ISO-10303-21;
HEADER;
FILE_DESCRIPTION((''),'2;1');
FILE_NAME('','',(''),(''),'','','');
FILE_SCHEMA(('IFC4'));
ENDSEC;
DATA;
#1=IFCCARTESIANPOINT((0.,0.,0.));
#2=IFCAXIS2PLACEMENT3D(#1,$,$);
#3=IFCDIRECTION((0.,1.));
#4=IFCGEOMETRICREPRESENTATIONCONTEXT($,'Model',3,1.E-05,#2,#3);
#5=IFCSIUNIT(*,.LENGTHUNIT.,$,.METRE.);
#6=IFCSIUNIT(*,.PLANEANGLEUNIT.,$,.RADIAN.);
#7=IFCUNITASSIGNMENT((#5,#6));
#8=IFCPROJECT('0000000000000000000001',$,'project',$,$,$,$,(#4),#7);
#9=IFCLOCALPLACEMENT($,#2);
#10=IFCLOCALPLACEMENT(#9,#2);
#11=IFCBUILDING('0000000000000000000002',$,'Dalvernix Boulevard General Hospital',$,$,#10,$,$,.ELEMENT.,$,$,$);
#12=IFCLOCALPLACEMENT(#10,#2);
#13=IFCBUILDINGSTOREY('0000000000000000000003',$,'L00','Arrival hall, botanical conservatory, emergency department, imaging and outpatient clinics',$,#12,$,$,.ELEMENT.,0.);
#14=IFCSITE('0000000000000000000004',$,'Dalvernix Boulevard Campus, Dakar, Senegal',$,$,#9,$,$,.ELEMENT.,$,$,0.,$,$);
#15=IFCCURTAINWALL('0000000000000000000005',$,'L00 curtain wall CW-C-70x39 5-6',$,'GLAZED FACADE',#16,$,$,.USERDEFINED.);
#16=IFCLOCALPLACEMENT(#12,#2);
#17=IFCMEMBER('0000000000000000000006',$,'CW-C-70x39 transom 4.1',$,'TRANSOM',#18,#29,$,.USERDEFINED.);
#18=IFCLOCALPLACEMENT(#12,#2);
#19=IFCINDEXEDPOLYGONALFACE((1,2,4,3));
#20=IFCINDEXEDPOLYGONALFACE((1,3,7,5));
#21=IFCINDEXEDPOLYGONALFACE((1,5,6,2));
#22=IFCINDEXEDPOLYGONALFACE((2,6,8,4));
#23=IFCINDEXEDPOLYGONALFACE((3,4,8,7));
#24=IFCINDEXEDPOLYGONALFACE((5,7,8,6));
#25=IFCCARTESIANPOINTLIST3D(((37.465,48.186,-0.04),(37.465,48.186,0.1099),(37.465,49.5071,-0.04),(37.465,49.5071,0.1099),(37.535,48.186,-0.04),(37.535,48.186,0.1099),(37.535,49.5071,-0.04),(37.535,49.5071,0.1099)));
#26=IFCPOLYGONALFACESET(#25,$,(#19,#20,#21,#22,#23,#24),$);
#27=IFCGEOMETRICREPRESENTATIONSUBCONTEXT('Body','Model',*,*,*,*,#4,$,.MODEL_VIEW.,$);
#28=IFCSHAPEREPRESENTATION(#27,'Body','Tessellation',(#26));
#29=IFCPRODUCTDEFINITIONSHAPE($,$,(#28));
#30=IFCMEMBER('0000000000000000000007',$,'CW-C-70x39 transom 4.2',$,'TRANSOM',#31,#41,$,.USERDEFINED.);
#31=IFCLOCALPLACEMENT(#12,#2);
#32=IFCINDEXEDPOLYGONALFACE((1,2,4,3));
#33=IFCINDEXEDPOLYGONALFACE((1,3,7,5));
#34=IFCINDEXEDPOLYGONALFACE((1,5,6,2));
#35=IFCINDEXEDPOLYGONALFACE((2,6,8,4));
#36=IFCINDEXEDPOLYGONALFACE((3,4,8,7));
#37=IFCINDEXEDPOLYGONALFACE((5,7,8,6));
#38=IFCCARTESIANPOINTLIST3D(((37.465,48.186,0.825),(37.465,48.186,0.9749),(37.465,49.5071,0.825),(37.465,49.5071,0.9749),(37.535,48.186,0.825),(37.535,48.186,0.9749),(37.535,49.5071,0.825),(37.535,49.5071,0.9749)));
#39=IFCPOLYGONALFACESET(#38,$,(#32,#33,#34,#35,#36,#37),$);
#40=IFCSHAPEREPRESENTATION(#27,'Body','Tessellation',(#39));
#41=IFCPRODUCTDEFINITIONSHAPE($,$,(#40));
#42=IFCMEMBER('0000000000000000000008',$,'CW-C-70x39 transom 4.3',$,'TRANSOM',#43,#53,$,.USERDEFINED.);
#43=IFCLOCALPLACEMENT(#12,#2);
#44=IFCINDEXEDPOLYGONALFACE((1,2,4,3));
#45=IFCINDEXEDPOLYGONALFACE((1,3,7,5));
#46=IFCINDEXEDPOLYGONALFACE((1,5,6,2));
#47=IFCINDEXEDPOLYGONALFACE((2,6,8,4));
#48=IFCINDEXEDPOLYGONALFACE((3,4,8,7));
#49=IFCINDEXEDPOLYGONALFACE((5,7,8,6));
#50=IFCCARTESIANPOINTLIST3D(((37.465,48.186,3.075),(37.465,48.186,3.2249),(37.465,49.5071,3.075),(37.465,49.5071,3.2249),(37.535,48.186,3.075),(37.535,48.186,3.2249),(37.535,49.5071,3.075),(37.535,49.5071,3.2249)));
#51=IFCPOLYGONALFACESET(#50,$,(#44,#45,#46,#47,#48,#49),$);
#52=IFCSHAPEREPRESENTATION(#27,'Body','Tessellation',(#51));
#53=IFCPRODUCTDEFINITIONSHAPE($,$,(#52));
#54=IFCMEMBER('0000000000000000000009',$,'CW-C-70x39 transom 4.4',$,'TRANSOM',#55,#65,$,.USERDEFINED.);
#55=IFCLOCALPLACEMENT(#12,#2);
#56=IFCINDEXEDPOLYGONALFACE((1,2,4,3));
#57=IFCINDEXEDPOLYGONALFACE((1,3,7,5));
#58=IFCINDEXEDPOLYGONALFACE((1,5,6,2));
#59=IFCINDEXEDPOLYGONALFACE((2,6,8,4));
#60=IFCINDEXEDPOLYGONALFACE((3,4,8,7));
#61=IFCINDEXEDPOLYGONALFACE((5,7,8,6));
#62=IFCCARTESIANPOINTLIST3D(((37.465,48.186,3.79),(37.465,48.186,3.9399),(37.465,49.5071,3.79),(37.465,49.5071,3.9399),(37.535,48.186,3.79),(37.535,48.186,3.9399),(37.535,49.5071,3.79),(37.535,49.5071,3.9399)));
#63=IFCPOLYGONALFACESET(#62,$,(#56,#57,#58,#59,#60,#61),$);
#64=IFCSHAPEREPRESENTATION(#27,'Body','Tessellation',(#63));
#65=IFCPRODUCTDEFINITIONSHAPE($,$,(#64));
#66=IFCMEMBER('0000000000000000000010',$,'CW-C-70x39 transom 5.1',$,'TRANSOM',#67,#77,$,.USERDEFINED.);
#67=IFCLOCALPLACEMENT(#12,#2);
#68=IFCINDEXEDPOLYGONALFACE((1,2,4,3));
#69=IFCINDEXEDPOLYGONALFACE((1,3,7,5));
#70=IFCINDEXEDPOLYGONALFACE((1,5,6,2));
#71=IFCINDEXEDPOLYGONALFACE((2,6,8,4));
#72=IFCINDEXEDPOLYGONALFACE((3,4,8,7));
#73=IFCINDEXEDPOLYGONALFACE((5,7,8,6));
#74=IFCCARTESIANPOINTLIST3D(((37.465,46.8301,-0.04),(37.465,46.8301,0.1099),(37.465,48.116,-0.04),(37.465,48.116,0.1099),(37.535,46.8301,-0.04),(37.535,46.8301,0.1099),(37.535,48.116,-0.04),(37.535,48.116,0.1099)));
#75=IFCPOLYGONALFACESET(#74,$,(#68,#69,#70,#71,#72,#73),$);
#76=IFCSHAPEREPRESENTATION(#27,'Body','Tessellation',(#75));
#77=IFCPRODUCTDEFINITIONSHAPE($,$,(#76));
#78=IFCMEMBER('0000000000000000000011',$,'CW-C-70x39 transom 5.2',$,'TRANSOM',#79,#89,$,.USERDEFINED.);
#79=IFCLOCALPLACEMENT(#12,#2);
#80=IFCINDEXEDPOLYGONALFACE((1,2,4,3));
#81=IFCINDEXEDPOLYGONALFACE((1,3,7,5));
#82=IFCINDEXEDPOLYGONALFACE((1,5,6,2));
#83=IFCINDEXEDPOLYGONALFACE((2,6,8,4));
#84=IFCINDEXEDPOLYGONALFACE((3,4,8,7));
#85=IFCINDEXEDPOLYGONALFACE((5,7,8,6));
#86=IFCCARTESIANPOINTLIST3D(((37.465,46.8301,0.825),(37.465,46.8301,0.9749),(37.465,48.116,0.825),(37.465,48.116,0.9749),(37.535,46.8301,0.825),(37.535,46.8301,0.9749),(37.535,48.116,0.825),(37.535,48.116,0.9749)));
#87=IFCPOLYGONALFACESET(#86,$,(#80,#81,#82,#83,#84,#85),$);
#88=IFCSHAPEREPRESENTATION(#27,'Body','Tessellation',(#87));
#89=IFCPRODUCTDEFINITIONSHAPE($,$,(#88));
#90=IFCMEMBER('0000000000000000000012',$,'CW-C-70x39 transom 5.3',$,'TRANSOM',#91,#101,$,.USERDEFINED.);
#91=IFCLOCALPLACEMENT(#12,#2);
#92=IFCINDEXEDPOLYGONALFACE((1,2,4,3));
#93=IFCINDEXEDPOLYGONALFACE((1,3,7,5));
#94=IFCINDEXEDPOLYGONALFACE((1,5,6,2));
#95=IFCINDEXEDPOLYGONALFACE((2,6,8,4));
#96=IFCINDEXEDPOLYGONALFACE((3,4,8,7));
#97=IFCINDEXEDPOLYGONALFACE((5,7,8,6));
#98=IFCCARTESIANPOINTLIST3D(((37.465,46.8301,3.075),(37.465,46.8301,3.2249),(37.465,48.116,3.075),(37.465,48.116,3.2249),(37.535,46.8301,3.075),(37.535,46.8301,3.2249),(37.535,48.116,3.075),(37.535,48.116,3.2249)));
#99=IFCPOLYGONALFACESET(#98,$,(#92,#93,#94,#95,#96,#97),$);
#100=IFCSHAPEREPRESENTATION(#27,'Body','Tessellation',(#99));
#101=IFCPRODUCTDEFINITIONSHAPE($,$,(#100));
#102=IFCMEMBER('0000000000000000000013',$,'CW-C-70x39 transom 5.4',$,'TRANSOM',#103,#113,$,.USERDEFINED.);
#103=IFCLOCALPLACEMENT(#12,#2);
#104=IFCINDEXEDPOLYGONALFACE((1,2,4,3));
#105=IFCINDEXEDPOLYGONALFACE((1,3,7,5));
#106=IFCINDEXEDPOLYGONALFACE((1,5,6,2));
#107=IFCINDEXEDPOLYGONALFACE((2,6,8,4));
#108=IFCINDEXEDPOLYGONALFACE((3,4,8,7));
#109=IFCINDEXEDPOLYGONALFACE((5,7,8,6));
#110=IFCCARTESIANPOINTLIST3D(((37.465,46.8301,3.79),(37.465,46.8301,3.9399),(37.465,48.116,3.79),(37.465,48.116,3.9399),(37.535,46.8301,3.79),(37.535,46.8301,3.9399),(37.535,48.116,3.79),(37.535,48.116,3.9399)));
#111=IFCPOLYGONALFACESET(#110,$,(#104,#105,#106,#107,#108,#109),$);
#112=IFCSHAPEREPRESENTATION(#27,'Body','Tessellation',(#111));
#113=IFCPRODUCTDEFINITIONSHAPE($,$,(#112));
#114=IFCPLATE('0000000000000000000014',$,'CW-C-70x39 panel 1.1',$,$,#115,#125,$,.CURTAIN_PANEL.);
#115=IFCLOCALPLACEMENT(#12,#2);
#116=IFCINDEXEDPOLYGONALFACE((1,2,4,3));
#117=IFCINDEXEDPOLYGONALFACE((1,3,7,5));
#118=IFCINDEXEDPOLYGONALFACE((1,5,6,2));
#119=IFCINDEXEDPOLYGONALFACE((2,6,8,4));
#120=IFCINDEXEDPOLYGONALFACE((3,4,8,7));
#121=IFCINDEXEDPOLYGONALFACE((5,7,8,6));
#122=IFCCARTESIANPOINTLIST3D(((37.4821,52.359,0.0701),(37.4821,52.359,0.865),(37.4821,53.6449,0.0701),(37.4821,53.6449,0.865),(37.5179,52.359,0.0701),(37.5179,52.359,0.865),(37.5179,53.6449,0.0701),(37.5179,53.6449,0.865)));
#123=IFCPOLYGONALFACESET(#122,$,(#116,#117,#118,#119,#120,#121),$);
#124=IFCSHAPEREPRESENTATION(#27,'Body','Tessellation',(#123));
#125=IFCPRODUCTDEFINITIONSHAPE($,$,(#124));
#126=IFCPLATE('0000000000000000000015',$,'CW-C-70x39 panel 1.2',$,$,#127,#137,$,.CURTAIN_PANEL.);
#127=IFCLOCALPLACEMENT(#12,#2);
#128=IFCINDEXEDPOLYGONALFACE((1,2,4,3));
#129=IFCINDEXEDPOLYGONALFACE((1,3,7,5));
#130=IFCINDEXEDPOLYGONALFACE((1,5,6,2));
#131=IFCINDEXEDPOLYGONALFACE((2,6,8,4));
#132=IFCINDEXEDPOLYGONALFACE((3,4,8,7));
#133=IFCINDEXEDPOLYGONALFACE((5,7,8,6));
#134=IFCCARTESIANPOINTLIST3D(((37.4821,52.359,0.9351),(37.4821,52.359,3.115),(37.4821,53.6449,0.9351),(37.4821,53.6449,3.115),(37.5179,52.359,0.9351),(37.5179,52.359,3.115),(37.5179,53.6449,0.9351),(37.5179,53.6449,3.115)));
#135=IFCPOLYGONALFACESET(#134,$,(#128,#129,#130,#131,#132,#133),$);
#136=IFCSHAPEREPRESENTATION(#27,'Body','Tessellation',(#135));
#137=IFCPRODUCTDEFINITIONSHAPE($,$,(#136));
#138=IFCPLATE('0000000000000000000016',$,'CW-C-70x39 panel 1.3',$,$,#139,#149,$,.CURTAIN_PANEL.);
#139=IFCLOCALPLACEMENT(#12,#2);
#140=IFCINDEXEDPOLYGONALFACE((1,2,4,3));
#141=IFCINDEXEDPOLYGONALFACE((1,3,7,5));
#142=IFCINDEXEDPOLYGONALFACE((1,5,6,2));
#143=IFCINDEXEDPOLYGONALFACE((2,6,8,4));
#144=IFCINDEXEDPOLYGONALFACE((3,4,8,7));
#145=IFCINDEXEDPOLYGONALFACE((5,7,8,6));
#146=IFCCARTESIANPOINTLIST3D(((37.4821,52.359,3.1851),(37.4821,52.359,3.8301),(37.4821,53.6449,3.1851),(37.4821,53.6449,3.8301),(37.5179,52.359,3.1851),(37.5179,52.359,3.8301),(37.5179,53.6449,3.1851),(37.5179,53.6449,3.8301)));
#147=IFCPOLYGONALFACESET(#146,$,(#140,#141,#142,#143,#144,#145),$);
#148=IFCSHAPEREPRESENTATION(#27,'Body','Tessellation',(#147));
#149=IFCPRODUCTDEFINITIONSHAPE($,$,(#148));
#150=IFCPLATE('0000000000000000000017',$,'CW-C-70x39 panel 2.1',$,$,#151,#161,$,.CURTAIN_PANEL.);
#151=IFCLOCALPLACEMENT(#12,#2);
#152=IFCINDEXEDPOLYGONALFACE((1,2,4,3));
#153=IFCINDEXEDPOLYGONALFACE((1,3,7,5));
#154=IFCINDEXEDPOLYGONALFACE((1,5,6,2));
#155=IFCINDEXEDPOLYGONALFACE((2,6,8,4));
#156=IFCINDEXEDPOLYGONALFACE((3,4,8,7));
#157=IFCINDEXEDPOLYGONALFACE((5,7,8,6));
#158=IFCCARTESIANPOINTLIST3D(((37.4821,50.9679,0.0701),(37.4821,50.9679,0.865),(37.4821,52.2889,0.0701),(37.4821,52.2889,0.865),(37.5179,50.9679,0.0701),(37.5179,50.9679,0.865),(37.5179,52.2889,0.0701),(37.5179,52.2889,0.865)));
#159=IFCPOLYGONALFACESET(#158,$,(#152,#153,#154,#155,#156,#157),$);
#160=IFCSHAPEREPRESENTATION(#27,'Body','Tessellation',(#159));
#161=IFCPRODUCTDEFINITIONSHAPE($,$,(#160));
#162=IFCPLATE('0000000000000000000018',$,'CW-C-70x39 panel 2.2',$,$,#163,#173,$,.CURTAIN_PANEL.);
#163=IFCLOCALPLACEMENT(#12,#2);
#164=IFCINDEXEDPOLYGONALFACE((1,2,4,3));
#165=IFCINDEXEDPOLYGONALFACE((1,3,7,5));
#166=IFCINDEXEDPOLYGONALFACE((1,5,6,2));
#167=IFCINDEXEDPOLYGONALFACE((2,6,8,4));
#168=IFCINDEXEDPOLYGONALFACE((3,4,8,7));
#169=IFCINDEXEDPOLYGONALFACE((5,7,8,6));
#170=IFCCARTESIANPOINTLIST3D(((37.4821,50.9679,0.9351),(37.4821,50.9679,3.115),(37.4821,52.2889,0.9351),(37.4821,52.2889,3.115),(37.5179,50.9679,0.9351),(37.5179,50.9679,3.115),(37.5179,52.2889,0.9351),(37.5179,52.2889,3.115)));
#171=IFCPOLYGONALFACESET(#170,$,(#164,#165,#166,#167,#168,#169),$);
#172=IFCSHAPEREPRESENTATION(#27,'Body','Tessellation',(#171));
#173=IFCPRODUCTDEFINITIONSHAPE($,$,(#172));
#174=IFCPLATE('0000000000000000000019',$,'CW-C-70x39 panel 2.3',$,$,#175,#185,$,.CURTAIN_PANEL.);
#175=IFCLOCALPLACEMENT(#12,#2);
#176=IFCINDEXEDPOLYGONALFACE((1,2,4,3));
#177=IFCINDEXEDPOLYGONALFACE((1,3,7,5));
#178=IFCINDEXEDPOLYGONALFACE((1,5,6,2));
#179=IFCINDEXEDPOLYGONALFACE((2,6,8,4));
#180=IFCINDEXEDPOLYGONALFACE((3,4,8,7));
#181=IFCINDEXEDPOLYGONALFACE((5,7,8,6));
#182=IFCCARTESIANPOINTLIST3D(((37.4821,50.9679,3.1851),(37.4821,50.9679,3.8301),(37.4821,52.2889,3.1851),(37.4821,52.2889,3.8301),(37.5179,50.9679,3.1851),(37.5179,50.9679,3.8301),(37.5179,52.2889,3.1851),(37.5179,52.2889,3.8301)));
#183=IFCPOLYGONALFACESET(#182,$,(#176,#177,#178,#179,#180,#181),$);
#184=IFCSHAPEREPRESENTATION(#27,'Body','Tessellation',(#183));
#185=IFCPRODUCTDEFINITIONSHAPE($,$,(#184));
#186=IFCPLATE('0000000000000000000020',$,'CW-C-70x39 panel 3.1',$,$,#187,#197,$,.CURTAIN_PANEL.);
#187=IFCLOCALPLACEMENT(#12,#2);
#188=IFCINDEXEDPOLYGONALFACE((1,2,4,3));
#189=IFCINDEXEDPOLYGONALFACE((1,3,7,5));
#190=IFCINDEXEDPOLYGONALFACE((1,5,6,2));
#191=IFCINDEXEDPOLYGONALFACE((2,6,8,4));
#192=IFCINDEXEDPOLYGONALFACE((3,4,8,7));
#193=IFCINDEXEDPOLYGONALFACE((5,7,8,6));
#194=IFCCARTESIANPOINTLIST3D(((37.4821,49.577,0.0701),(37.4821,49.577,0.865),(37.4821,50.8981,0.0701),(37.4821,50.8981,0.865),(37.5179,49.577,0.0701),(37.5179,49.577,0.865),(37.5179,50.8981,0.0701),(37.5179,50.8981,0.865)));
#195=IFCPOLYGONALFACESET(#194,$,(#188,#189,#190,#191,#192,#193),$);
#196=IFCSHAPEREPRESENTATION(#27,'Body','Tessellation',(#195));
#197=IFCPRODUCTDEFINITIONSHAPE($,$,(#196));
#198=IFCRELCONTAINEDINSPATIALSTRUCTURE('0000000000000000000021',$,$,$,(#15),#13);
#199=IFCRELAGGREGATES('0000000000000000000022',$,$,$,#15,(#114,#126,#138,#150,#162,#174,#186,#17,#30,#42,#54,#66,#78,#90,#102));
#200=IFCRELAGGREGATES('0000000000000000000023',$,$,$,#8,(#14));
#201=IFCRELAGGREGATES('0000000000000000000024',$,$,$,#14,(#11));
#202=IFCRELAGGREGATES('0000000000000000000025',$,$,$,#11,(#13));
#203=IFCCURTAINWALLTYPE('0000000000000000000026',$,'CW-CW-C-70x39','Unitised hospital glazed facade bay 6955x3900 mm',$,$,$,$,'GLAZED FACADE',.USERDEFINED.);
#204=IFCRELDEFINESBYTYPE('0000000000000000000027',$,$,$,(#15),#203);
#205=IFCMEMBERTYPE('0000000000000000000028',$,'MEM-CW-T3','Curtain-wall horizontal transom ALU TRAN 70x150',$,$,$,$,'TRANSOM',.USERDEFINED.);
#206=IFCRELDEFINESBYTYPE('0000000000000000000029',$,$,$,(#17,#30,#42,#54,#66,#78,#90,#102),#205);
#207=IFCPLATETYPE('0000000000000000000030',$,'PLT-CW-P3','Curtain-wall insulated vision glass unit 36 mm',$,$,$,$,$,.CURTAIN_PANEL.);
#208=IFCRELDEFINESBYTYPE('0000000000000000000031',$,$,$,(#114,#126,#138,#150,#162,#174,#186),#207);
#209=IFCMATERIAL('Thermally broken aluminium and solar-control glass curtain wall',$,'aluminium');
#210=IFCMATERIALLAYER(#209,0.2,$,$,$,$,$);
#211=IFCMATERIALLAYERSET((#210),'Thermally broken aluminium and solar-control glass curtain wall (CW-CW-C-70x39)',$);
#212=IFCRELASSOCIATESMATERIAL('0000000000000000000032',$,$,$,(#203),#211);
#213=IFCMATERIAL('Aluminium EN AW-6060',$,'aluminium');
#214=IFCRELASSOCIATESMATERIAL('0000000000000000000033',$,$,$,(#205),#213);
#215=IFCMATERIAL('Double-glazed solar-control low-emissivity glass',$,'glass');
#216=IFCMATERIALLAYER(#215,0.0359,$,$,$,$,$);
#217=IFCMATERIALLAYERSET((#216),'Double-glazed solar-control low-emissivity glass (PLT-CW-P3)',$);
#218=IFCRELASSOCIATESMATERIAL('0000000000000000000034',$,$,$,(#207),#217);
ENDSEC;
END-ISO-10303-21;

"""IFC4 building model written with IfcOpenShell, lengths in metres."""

from ifc_helpers import new_model, si_unit, direction, frame, origin, origin_2d, place, context, subcontext, project, spatial, rectangle, extrude, material, layer, layer_set, material_profile, profile_set, type_object, element, aggregate, save


model = new_model("IFC4")

# Units and contexts
model_context = context("Model", 3, precision=1e-05, world=origin(), true_north=direction((0.0, 1.0)))
body_context = subcontext(model_context, "Body", "Model", "MODEL_VIEW")
ifc_project = project(units=[si_unit("LENGTHUNIT", "METRE"), si_unit("PLANEANGLEUNIT", "RADIAN")], contexts=[model_context])

# Site, building, storey
site_placement = place(None, origin())
site = spatial("IfcSite", under=ifc_project, at=site_placement, Name="Dalvernix Boulevard Campus, Dakar, Senegal", CompositionType="ELEMENT", RefElevation=0.0)
building_placement = place(site_placement, origin())
building = spatial("IfcBuilding", under=site, at=building_placement, Name="Dalvernix Boulevard General Hospital", CompositionType="ELEMENT")
storey_placement = place(building_placement, origin())
storey = spatial("IfcBuildingStorey", under=building, at=storey_placement, Name="L00", Description="Arrival hall, botanical conservatory, emergency department, imaging and outpatient clinics", CompositionType="ELEMENT", Elevation=0.0)

# Curtain wall, members, plates
ifc_material_1 = material(Name="Thermally broken aluminium and solar-control glass curtain wall", Category="aluminium")
ifc_layer_1 = layer(ifc_material_1, 0.2)
ifc_layer_set_1 = layer_set([ifc_layer_1], Name="Thermally broken aluminium and solar-control glass curtain wall (CW-CW-C-70x39)")
curtain_wall_type = type_object("IfcCurtainWallType", Name="CW-CW-C-70x39", Description="Unitised hospital glazed facade bay 6955x3900 mm", ElementType="GLAZED FACADE", PredefinedType="USERDEFINED", material=ifc_layer_set_1)
curtain_wall_placement = place(storey_placement, origin())
curtain_wall = element("IfcCurtainWall", 1, at=curtain_wall_placement, inside=storey, type_object=curtain_wall_type, Name="L00 curtain wall CW-C-70x39 5-6", ObjectType="GLAZED FACADE", PredefinedType="USERDEFINED")
ifc_material_2 = material(Name="Aluminium EN AW-6060", Category="aluminium")
ifc_material_profile_1 = material_profile(ifc_material_2, rectangle(XDim=0.0701, YDim=0.1499, at=origin_2d()), Name="ALU TRAN 70x150")
ifc_profile_set_1 = profile_set([ifc_material_profile_1], Name="Aluminium EN AW-6060")
member_type_1 = type_object("IfcMemberType", Name="MEM-CW-T3", Description="Curtain-wall horizontal transom ALU TRAN 70x150", ElementType="TRANSOM", PredefinedType="USERDEFINED", material=ifc_profile_set_1)
member_1_placement = place(storey_placement, frame((37.5, 49.5071, 0.0349), z_axis=(0.0, -1.0, 0.0), x_axis=(1.0, 0.0, 0.0)))
member_1 = element("IfcMember", 2, at=member_1_placement, type_object=member_type_1, Name="CW-C-70x39 transom 4.1", ObjectType="TRANSOM", PredefinedType="USERDEFINED", context=body_context, shape_type="SweptSolid", body=[
    extrude(rectangle(XDim=0.0701, YDim=0.1499, at=origin_2d()), origin(), (0.0, 0.0, 1.0), 1.321),
])
member_2_placement = place(storey_placement, frame((37.5, 49.5071, 0.8999), z_axis=(0.0, -1.0, 0.0), x_axis=(1.0, 0.0, 0.0)))
member_2 = element("IfcMember", 3, at=member_2_placement, type_object=member_type_1, Name="CW-C-70x39 transom 4.2", ObjectType="TRANSOM", PredefinedType="USERDEFINED", context=body_context, shape_type="SweptSolid", body=[
    extrude(rectangle(XDim=0.0701, YDim=0.1499, at=origin_2d()), origin(), (0.0, 0.0, 1.0), 1.321),
])
member_3_placement = place(storey_placement, frame((37.5, 49.5071, 3.1499), z_axis=(0.0, -1.0, 0.0), x_axis=(1.0, 0.0, 0.0)))
member_3 = element("IfcMember", 4, at=member_3_placement, type_object=member_type_1, Name="CW-C-70x39 transom 4.3", ObjectType="TRANSOM", PredefinedType="USERDEFINED", context=body_context, shape_type="SweptSolid", body=[
    extrude(rectangle(XDim=0.0701, YDim=0.1499, at=origin_2d()), origin(), (0.0, 0.0, 1.0), 1.321),
])
member_4_placement = place(storey_placement, frame((37.5, 49.5071, 3.865), z_axis=(0.0, -1.0, 0.0), x_axis=(1.0, 0.0, 0.0)))
member_4 = element("IfcMember", 5, at=member_4_placement, type_object=member_type_1, Name="CW-C-70x39 transom 4.4", ObjectType="TRANSOM", PredefinedType="USERDEFINED", context=body_context, shape_type="SweptSolid", body=[
    extrude(rectangle(XDim=0.0701, YDim=0.1499, at=origin_2d()), origin(), (0.0, 0.0, 1.0), 1.321),
])
member_5_placement = place(storey_placement, frame((37.5, 48.116, 0.0349), z_axis=(0.0, -1.0, 0.0), x_axis=(1.0, 0.0, 0.0)))
member_5 = element("IfcMember", 6, at=member_5_placement, type_object=member_type_1, Name="CW-C-70x39 transom 5.1", ObjectType="TRANSOM", PredefinedType="USERDEFINED", context=body_context, shape_type="SweptSolid", body=[
    extrude(rectangle(XDim=0.0701, YDim=0.1499, at=origin_2d()), origin(), (0.0, 0.0, 1.0), 1.2859),
])
member_6_placement = place(storey_placement, frame((37.5, 48.116, 0.8999), z_axis=(0.0, -1.0, 0.0), x_axis=(1.0, 0.0, 0.0)))
member_6 = element("IfcMember", 7, at=member_6_placement, type_object=member_type_1, Name="CW-C-70x39 transom 5.2", ObjectType="TRANSOM", PredefinedType="USERDEFINED", context=body_context, shape_type="SweptSolid", body=[
    extrude(rectangle(XDim=0.0701, YDim=0.1499, at=origin_2d()), origin(), (0.0, 0.0, 1.0), 1.2859),
])
member_7_placement = place(storey_placement, frame((37.5, 48.116, 3.1499), z_axis=(0.0, -1.0, 0.0), x_axis=(1.0, 0.0, 0.0)))
member_7 = element("IfcMember", 8, at=member_7_placement, type_object=member_type_1, Name="CW-C-70x39 transom 5.3", ObjectType="TRANSOM", PredefinedType="USERDEFINED", context=body_context, shape_type="SweptSolid", body=[
    extrude(rectangle(XDim=0.0701, YDim=0.1499, at=origin_2d()), origin(), (0.0, 0.0, 1.0), 1.2859),
])
member_8_placement = place(storey_placement, frame((37.5, 48.116, 3.865), z_axis=(0.0, -1.0, 0.0), x_axis=(1.0, 0.0, 0.0)))
member_8 = element("IfcMember", 9, at=member_8_placement, type_object=member_type_1, Name="CW-C-70x39 transom 5.4", ObjectType="TRANSOM", PredefinedType="USERDEFINED", context=body_context, shape_type="SweptSolid", body=[
    extrude(rectangle(XDim=0.0701, YDim=0.1499, at=origin_2d()), origin(), (0.0, 0.0, 1.0), 1.2859),
])
ifc_material_3 = material(Name="Double-glazed solar-control low-emissivity glass", Category="glass")
ifc_layer_2 = layer(ifc_material_3, 0.0359)
ifc_layer_set_2 = layer_set([ifc_layer_2], Name="Double-glazed solar-control low-emissivity glass (PLT-CW-P3)")
plate_type = type_object("IfcPlateType", Name="PLT-CW-P3", Description="Curtain-wall insulated vision glass unit 36 mm", PredefinedType="CURTAIN_PANEL", material=ifc_layer_set_2)
plate_1_placement = place(storey_placement, frame((37.5, 53.002, 0.0701), z_axis=(0.0, 0.0, 1.0), x_axis=(0.0, -1.0, 0.0)))
plate_1 = element("IfcPlate", 10, at=plate_1_placement, type_object=plate_type, Name="CW-C-70x39 panel 1.1", PredefinedType="CURTAIN_PANEL", context=body_context, shape_type="SweptSolid", body=[
    extrude(rectangle(XDim=1.2859, YDim=0.0359, at=origin_2d()), origin(), (0.0, 0.0, 1.0), 0.7949),
])
plate_2_placement = place(storey_placement, frame((37.5, 53.002, 0.9351), z_axis=(0.0, 0.0, 1.0), x_axis=(0.0, -1.0, 0.0)))
plate_2 = element("IfcPlate", 11, at=plate_2_placement, type_object=plate_type, Name="CW-C-70x39 panel 1.2", PredefinedType="CURTAIN_PANEL", context=body_context, shape_type="SweptSolid", body=[
    extrude(rectangle(XDim=1.2859, YDim=0.0359, at=origin_2d()), origin(), (0.0, 0.0, 1.0), 2.1799),
])
plate_3_placement = place(storey_placement, frame((37.5, 53.002, 3.1851), z_axis=(0.0, 0.0, 1.0), x_axis=(0.0, -1.0, 0.0)))
plate_3 = element("IfcPlate", 12, at=plate_3_placement, type_object=plate_type, Name="CW-C-70x39 panel 1.3", PredefinedType="CURTAIN_PANEL", context=body_context, shape_type="SweptSolid", body=[
    extrude(rectangle(XDim=1.2859, YDim=0.0359, at=origin_2d()), origin(), (0.0, 0.0, 1.0), 0.645),
])
plate_4_placement = place(storey_placement, frame((37.5, 51.6284, 0.0701), z_axis=(0.0, 0.0, 1.0), x_axis=(0.0, -1.0, 0.0)))
plate_4 = element("IfcPlate", 13, at=plate_4_placement, type_object=plate_type, Name="CW-C-70x39 panel 2.1", PredefinedType="CURTAIN_PANEL", context=body_context, shape_type="SweptSolid", body=[
    extrude(rectangle(XDim=1.321, YDim=0.0359, at=origin_2d()), origin(), (0.0, 0.0, 1.0), 0.7949),
])
plate_5_placement = place(storey_placement, frame((37.5, 51.6284, 0.9351), z_axis=(0.0, 0.0, 1.0), x_axis=(0.0, -1.0, 0.0)))
plate_5 = element("IfcPlate", 14, at=plate_5_placement, type_object=plate_type, Name="CW-C-70x39 panel 2.2", PredefinedType="CURTAIN_PANEL", context=body_context, shape_type="SweptSolid", body=[
    extrude(rectangle(XDim=1.321, YDim=0.0359, at=origin_2d()), origin(), (0.0, 0.0, 1.0), 2.1799),
])
plate_6_placement = place(storey_placement, frame((37.5, 51.6284, 3.1851), z_axis=(0.0, 0.0, 1.0), x_axis=(0.0, -1.0, 0.0)))
plate_6 = element("IfcPlate", 15, at=plate_6_placement, type_object=plate_type, Name="CW-C-70x39 panel 2.3", PredefinedType="CURTAIN_PANEL", context=body_context, shape_type="SweptSolid", body=[
    extrude(rectangle(XDim=1.321, YDim=0.0359, at=origin_2d()), origin(), (0.0, 0.0, 1.0), 0.645),
])
plate_7_placement = place(storey_placement, frame((37.5, 50.2375, 0.0701), z_axis=(0.0, 0.0, 1.0), x_axis=(0.0, -1.0, 0.0)))
plate_7 = element("IfcPlate", 16, at=plate_7_placement, type_object=plate_type, Name="CW-C-70x39 panel 3.1", PredefinedType="CURTAIN_PANEL", context=body_context, shape_type="SweptSolid", body=[
    extrude(rectangle(XDim=1.321, YDim=0.0359, at=origin_2d()), origin(), (0.0, 0.0, 1.0), 0.7949),
])
aggregate(curtain_wall, [plate_1, plate_2, plate_3, plate_4, plate_5, plate_6, plate_7, member_1, member_2, member_3, member_4, member_5, member_6, member_7, member_8])

save(model, "model.ifc")
